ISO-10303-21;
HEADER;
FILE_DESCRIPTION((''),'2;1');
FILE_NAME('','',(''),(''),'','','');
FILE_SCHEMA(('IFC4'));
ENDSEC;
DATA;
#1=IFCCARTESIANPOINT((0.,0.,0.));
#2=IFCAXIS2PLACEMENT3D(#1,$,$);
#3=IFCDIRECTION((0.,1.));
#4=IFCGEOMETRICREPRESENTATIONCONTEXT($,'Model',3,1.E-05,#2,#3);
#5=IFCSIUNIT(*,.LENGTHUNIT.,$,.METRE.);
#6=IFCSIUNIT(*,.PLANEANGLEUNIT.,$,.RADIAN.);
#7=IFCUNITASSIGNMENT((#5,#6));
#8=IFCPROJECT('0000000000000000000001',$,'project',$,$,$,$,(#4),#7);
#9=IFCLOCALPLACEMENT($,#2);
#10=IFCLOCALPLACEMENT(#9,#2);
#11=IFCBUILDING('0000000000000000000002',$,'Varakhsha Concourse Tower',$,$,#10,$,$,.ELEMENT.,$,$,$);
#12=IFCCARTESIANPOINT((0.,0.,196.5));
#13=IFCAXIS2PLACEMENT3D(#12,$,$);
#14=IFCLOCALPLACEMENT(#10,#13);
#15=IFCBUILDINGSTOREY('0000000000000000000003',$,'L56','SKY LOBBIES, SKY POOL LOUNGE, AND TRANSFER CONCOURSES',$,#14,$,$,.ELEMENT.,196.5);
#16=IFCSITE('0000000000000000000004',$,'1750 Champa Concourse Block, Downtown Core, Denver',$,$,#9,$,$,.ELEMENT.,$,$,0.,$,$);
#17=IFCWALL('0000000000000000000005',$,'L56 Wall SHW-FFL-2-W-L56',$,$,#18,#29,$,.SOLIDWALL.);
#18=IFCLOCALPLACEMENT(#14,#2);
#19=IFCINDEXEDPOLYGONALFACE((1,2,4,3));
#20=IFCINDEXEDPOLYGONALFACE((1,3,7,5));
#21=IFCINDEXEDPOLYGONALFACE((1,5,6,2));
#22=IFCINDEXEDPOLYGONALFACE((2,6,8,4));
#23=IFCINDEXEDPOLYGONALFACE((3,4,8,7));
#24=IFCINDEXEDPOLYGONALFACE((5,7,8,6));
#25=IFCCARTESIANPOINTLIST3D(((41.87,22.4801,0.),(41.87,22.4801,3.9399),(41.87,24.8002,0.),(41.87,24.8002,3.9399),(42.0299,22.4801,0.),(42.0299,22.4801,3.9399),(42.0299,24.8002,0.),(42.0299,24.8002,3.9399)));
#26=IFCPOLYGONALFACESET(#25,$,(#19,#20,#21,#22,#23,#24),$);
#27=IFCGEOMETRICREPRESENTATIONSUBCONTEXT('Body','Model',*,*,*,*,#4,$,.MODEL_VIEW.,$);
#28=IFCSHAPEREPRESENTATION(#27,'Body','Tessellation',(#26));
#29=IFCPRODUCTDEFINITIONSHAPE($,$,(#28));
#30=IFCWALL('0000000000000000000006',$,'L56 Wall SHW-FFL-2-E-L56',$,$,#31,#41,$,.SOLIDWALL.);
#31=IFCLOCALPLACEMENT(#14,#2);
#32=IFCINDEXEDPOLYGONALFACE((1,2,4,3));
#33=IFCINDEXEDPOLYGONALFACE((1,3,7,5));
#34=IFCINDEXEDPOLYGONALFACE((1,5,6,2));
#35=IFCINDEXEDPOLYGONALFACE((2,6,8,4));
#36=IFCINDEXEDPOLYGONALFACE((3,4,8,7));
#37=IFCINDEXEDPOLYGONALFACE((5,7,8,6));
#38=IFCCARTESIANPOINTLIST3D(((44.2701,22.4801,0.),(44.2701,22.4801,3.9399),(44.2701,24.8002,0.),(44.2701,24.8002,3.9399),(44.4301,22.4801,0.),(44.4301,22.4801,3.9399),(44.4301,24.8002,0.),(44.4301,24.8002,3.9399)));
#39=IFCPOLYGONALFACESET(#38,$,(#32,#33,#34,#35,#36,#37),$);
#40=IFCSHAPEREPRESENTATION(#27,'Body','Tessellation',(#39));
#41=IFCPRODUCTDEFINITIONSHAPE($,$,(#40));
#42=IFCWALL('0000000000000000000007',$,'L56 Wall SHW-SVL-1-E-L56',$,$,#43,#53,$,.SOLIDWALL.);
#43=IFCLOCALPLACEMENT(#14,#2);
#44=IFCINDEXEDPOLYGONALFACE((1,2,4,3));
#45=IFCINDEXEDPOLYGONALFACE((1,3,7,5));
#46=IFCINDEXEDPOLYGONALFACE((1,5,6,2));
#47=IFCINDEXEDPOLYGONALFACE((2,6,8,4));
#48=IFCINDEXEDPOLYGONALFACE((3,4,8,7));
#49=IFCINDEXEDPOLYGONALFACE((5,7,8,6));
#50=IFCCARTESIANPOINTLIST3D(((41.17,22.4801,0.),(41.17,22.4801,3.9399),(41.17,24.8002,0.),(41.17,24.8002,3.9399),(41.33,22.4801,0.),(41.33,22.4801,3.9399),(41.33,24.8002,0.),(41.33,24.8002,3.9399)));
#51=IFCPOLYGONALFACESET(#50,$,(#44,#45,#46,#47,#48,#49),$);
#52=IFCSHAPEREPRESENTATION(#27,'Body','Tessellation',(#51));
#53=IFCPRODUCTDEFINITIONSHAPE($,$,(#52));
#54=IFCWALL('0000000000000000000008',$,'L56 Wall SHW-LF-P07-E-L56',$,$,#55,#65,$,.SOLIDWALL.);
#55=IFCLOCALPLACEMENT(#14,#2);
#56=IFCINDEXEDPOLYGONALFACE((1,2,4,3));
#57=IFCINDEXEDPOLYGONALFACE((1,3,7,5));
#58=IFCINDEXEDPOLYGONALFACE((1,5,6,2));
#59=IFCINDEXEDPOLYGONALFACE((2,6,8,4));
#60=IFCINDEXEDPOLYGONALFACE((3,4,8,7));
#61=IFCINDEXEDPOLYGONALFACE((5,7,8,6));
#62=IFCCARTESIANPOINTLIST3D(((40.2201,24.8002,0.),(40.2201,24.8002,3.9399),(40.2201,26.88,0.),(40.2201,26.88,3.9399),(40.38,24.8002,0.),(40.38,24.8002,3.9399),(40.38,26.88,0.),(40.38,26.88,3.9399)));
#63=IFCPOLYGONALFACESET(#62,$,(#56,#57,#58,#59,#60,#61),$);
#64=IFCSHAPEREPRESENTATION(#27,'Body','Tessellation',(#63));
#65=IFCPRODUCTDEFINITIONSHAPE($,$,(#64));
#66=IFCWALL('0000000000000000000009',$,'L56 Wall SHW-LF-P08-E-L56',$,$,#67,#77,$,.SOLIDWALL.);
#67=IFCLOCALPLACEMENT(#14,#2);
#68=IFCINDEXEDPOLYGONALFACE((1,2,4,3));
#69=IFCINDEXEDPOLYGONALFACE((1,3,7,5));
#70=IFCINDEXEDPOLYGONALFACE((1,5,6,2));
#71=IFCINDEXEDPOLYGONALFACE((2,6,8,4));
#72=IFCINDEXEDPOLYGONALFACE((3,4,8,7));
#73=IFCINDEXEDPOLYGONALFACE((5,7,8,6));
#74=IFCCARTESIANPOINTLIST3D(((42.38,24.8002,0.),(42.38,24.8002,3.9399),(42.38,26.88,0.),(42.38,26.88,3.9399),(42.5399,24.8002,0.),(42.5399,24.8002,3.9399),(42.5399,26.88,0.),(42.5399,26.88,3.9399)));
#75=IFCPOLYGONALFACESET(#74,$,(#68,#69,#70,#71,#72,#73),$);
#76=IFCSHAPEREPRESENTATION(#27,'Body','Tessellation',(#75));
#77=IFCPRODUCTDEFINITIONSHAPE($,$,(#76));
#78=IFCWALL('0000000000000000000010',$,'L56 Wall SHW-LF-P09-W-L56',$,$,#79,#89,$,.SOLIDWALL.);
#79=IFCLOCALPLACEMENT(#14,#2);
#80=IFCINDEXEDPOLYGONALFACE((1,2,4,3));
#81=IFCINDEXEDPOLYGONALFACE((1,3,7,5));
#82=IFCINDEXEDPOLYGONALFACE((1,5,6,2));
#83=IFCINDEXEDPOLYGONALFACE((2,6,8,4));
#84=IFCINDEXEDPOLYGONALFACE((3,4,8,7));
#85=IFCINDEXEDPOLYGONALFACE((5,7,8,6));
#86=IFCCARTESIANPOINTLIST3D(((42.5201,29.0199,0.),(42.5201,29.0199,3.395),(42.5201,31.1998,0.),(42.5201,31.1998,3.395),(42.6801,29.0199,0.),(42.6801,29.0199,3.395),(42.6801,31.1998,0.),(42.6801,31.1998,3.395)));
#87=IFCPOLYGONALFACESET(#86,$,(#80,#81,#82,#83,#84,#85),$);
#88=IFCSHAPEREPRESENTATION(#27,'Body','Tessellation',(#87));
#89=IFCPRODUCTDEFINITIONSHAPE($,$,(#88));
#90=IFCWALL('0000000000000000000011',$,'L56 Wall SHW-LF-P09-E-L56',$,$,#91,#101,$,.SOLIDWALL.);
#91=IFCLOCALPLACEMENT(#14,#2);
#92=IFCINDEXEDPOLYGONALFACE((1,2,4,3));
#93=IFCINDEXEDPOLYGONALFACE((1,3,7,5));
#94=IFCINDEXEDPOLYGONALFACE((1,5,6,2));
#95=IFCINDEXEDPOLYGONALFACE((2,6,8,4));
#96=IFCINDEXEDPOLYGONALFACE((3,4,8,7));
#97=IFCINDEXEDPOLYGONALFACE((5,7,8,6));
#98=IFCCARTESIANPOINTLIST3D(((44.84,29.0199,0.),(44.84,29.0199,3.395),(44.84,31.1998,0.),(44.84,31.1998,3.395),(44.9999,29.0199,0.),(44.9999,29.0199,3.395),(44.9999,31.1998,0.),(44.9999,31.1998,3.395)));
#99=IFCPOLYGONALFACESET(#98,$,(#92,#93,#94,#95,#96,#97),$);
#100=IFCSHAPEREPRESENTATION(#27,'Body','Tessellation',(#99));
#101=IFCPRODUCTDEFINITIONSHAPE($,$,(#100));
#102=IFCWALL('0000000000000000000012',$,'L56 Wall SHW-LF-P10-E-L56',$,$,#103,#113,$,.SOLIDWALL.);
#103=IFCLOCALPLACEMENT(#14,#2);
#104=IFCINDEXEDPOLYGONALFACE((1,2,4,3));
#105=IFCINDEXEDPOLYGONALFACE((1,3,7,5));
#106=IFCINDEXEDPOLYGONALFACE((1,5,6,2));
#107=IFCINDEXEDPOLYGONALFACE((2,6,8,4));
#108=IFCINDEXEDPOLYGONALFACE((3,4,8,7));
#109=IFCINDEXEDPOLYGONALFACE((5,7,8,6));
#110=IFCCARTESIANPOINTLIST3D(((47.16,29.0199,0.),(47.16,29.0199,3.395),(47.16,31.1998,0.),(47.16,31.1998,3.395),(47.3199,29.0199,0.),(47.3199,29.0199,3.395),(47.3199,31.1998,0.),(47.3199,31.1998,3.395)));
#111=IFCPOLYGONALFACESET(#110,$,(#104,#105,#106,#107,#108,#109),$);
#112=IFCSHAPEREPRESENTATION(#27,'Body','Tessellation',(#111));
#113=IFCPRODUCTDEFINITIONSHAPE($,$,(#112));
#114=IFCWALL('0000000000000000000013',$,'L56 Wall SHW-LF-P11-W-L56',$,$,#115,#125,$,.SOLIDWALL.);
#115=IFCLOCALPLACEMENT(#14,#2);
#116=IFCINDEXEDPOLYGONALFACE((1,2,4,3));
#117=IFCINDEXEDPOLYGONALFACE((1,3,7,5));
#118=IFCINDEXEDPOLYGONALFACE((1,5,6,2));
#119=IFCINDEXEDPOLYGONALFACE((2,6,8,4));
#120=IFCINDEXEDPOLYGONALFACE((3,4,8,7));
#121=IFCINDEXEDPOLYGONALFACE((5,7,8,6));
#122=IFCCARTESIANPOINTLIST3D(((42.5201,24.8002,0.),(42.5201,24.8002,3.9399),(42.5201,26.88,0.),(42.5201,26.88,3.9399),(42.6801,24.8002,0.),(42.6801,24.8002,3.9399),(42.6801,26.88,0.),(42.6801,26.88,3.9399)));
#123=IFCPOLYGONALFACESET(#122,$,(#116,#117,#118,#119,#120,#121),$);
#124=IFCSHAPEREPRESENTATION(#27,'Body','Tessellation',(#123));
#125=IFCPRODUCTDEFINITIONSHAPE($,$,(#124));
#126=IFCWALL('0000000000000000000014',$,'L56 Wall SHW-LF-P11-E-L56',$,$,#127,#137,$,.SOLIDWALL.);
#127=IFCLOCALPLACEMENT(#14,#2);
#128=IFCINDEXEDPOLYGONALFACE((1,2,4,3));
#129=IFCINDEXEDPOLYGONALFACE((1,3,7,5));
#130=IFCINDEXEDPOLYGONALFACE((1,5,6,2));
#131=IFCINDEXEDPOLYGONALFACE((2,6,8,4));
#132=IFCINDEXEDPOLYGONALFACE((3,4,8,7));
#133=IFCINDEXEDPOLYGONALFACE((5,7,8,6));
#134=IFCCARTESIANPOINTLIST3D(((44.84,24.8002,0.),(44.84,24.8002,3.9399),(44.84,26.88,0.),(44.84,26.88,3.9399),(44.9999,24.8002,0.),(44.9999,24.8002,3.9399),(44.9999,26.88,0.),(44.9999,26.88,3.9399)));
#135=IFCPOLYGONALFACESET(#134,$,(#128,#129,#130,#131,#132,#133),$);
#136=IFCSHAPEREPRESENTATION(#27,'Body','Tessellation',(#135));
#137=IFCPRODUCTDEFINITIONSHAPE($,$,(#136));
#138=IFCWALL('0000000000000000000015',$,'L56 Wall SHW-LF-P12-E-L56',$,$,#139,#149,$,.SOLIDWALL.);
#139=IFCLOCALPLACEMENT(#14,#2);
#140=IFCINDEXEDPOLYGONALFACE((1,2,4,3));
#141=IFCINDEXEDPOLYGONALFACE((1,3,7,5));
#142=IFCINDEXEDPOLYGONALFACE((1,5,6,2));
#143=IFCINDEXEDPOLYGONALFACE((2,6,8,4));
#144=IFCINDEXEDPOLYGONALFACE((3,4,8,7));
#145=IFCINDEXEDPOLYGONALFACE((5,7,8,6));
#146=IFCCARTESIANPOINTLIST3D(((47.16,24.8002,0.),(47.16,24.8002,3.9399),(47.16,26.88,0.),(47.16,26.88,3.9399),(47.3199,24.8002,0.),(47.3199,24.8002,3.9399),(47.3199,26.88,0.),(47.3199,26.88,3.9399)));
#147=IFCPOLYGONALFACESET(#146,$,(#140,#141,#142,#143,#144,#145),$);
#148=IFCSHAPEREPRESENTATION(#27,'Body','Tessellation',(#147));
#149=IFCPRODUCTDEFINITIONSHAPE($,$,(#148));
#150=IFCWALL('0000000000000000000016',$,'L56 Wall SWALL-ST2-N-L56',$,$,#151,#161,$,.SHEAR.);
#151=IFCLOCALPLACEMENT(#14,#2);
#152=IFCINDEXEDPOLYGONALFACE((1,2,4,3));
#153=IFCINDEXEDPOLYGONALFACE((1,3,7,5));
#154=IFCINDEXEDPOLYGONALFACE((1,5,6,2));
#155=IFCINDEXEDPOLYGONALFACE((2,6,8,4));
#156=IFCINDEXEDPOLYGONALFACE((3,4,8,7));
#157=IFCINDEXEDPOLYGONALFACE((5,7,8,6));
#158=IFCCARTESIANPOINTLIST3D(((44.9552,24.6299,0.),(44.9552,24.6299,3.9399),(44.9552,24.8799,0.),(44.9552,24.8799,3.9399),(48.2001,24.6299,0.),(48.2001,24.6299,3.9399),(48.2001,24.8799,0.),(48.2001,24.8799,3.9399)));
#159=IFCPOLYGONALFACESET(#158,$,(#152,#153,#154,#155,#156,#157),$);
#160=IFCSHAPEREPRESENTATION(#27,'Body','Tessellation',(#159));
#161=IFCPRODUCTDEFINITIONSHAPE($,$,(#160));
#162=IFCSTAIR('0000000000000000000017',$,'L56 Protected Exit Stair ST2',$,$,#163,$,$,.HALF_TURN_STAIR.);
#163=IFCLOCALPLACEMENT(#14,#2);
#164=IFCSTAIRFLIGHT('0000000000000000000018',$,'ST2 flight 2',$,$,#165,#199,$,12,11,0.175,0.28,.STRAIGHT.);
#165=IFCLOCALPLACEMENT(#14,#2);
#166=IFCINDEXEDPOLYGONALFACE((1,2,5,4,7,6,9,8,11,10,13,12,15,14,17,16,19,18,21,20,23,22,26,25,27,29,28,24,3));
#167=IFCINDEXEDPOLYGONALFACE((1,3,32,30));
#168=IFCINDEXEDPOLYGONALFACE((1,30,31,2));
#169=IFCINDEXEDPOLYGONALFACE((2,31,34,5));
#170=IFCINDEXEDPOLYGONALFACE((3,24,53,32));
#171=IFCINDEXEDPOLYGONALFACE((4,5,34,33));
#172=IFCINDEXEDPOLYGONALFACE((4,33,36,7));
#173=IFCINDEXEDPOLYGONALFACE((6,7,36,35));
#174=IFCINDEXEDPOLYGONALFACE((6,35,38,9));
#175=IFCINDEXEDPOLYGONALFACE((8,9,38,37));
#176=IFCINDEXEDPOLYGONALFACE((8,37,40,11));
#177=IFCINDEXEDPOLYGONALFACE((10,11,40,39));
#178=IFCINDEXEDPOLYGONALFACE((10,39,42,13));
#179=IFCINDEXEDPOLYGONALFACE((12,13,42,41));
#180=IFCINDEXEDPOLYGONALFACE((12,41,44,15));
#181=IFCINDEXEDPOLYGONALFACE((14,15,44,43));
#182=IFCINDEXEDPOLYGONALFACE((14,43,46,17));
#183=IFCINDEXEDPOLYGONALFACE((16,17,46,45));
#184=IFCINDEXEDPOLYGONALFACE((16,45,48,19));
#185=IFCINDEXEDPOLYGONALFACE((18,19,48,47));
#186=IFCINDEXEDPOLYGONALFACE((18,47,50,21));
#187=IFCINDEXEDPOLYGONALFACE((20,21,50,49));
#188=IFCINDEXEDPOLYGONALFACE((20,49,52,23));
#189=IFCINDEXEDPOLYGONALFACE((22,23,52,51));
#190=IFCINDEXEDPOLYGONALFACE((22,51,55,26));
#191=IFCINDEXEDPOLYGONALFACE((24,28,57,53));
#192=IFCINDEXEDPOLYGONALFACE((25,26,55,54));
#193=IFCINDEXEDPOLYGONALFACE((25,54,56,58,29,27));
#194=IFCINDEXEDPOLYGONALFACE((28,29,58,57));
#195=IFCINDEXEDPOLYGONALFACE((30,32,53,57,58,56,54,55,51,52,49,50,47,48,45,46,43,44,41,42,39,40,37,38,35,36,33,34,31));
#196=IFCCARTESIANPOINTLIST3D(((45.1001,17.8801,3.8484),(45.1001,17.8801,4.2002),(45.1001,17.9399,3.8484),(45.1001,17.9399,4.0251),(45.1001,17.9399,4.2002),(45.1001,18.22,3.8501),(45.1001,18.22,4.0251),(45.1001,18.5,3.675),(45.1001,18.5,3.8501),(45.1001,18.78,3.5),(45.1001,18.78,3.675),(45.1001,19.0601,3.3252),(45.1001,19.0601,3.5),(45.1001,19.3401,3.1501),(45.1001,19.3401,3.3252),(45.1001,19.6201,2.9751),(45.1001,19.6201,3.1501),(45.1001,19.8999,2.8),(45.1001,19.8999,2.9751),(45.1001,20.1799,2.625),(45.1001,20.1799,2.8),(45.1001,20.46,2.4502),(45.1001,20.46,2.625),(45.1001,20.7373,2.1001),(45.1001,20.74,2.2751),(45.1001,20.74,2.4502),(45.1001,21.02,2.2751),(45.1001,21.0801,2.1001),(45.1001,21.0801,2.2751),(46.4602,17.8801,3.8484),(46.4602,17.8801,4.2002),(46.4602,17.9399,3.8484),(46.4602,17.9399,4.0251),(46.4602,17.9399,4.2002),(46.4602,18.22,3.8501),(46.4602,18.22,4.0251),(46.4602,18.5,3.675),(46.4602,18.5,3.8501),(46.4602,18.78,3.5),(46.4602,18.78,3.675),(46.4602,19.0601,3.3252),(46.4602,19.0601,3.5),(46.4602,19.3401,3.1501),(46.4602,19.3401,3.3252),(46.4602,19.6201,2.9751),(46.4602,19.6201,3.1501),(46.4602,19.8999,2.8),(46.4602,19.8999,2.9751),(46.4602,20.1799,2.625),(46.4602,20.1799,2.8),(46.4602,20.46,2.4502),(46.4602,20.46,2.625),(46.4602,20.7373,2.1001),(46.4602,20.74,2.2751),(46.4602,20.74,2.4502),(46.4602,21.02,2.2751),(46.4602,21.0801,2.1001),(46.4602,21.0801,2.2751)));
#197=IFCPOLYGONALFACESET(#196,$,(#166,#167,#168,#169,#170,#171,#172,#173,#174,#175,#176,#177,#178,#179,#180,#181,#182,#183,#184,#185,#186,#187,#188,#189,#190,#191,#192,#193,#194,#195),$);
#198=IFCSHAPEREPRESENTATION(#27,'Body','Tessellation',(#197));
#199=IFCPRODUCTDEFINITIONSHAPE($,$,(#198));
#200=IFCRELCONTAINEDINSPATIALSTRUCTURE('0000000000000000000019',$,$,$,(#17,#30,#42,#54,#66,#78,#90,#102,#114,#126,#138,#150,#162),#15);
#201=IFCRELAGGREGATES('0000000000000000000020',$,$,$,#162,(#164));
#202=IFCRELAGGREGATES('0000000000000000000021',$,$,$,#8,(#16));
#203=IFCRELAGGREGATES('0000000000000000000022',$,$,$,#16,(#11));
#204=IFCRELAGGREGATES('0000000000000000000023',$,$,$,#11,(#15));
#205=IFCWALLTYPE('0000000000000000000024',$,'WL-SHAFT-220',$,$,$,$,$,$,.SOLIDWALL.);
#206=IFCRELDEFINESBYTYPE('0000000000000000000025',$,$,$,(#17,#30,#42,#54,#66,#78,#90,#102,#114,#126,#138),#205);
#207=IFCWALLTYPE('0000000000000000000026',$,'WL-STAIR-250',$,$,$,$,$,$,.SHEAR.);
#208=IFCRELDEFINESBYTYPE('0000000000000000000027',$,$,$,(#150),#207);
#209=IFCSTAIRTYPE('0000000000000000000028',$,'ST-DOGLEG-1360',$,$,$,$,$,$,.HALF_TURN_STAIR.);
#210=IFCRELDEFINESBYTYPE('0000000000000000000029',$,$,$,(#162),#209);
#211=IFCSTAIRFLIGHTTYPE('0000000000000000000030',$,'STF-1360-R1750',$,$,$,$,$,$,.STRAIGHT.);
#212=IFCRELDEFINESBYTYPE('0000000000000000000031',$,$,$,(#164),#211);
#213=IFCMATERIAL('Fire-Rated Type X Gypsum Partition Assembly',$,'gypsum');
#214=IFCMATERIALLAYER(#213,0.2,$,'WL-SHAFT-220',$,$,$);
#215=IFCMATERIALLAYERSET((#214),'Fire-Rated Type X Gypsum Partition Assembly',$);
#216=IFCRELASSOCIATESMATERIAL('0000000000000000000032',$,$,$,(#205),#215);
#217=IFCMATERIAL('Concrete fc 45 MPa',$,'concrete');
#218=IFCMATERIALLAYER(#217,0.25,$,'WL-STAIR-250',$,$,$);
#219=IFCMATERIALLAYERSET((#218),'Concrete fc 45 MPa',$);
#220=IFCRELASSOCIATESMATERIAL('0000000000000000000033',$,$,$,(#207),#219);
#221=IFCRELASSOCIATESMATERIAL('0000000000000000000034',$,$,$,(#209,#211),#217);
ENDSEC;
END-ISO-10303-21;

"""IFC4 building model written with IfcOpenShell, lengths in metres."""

from ifc_helpers import new_model, si_unit, direction, frame, frame_2d, origin, place, context, subcontext, project, spatial, polyline, rectangle, outline, extrude, material, layer, layer_set, type_object, element, aggregate, save


model = new_model("IFC4")

# Units and contexts
model_context = context("Model", 3, precision=1e-05, world=origin(), true_north=direction((0.0, 1.0)))
body_context = subcontext(model_context, "Body", "Model", "MODEL_VIEW")
ifc_project = project(units=[si_unit("LENGTHUNIT", "METRE"), si_unit("PLANEANGLEUNIT", "RADIAN")], contexts=[model_context])

# Site, building, storey
site_placement = place(None, origin())
site = spatial("IfcSite", under=ifc_project, at=site_placement, Name="1750 Champa Concourse Block, Downtown Core, Denver", CompositionType="ELEMENT", RefElevation=0.0)
building_placement = place(site_placement, origin())
building = spatial("IfcBuilding", under=site, at=building_placement, Name="Varakhsha Concourse Tower", CompositionType="ELEMENT")
storey_placement = place(building_placement, frame((0.0, 0.0, 196.5)))
storey = spatial("IfcBuildingStorey", under=building, at=storey_placement, Name="L56", Description="SKY LOBBIES, SKY POOL LOUNGE, AND TRANSFER CONCOURSES", CompositionType="ELEMENT", Elevation=196.5)

# Shared definitions
ifc_material_1 = material(Name="Fire-Rated Type X Gypsum Partition Assembly", Category="gypsum")

# Walls
ifc_layer_1 = layer(ifc_material_1, 0.2, Name="WL-SHAFT-220")
ifc_layer_set_1 = layer_set([ifc_layer_1], Name="Fire-Rated Type X Gypsum Partition Assembly")
wall_type_1 = type_object("IfcWallType", Name="WL-SHAFT-220", PredefinedType="SOLIDWALL", material=ifc_layer_set_1)
for number, where, z_axis, x_axis, name in (
    (1, (41.95, 22.48, 0.0), (0.0, 0.0, 1.0), (0.0, 1.0, 0.0), "L56 Wall SHW-FFL-2-W-L56"),
    (2, (44.3501, 22.48, 0.0), (0.0, 0.0, 1.0), (0.0, 1.0, 0.0), "L56 Wall SHW-FFL-2-E-L56"),
    (3, (41.25, 22.48, 0.0), (0.0, 0.0, 1.0), (0.0, 1.0, 0.0), "L56 Wall SHW-SVL-1-E-L56"),
):
    element("IfcWall", number, at=place(storey_placement, frame(where, z_axis=z_axis, x_axis=x_axis)), inside=storey, type_object=wall_type_1, Name=name, PredefinedType="SOLIDWALL", context=body_context, shape_type="SweptSolid", body=[
        extrude(rectangle(XDim=2.3201, YDim=0.1599, at=frame_2d((1.1602, 0.0))), origin(), (0.0, 0.0, 1.0), 3.9399),
    ])
for number, where, z_axis, x_axis, name in (
    (4, (40.3, 24.8, 0.0), (0.0, 0.0, 1.0), (0.0, 1.0, 0.0), "L56 Wall SHW-LF-P07-E-L56"),
    (5, (42.46, 24.8, 0.0), (0.0, 0.0, 1.0), (0.0, 1.0, 0.0), "L56 Wall SHW-LF-P08-E-L56"),
):
    element("IfcWall", number, at=place(storey_placement, frame(where, z_axis=z_axis, x_axis=x_axis)), inside=storey, type_object=wall_type_1, Name=name, PredefinedType="SOLIDWALL", context=body_context, shape_type="SweptSolid", body=[
        extrude(rectangle(XDim=2.0798, YDim=0.1599, at=frame_2d((1.04, 0.0))), origin(), (0.0, 0.0, 1.0), 3.9399),
    ])
for number, where, z_axis, x_axis, name in (
    (6, (42.6001, 29.02, 0.0), (0.0, 0.0, 1.0), (0.0, 1.0, 0.0), "L56 Wall SHW-LF-P09-W-L56"),
    (7, (44.9199, 29.02, 0.0), (0.0, 0.0, 1.0), (0.0, 1.0, 0.0), "L56 Wall SHW-LF-P09-E-L56"),
    (8, (47.24, 29.02, 0.0), (0.0, 0.0, 1.0), (0.0, 1.0, 0.0), "L56 Wall SHW-LF-P10-E-L56"),
):
    element("IfcWall", number, at=place(storey_placement, frame(where, z_axis=z_axis, x_axis=x_axis)), inside=storey, type_object=wall_type_1, Name=name, PredefinedType="SOLIDWALL", context=body_context, shape_type="SweptSolid", body=[
        extrude(rectangle(XDim=2.1799, YDim=0.1599, at=frame_2d((1.0898, 0.0))), origin(), (0.0, 0.0, 1.0), 3.395),
    ])
for number, where, z_axis, x_axis, name in (
    (9, (42.6001, 24.8, 0.0), (0.0, 0.0, 1.0), (0.0, 1.0, 0.0), "L56 Wall SHW-LF-P11-W-L56"),
    (10, (44.9199, 24.8, 0.0), (0.0, 0.0, 1.0), (0.0, 1.0, 0.0), "L56 Wall SHW-LF-P11-E-L56"),
    (11, (47.24, 24.8, 0.0), (0.0, 0.0, 1.0), (0.0, 1.0, 0.0), "L56 Wall SHW-LF-P12-E-L56"),
):
    element("IfcWall", number, at=place(storey_placement, frame(where, z_axis=z_axis, x_axis=x_axis)), inside=storey, type_object=wall_type_1, Name=name, PredefinedType="SOLIDWALL", context=body_context, shape_type="SweptSolid", body=[
        extrude(rectangle(XDim=2.0798, YDim=0.1599, at=frame_2d((1.04, 0.0))), origin(), (0.0, 0.0, 1.0), 3.9399),
    ])
ifc_material_2 = material(Name="Concrete fc 45 MPa", Category="concrete")
ifc_layer_2 = layer(ifc_material_2, 0.25, Name="WL-STAIR-250")
ifc_layer_set_2 = layer_set([ifc_layer_2], Name="Concrete fc 45 MPa")
wall_type_2 = type_object("IfcWallType", Name="WL-STAIR-250", PredefinedType="SHEAR", material=ifc_layer_set_2)
wall_1_placement = place(storey_placement, frame((44.9551, 24.7549, 0.0), z_axis=(0.0, 0.0, 1.0), x_axis=(1.0, 0.0, 0.0)))
element("IfcWall", 12, at=wall_1_placement, inside=storey, type_object=wall_type_2, Name="L56 Wall SWALL-ST2-N-L56", PredefinedType="SHEAR", context=body_context, shape_type="SweptSolid", body=[
    extrude(rectangle(XDim=3.2449, YDim=0.25, at=frame_2d((1.6226, 0.0))), origin(), (0.0, 0.0, 1.0), 3.9399),
])

# Stair, stair flight
stair_type = type_object("IfcStairType", Name="ST-DOGLEG-1360", PredefinedType="HALF_TURN_STAIR", material=ifc_material_2)
stair_placement = place(storey_placement, origin())
stair = element("IfcStair", 13, at=stair_placement, inside=storey, type_object=stair_type, Name="L56 Protected Exit Stair ST2", PredefinedType="HALF_TURN_STAIR")
stair_flight_type = type_object("IfcStairFlightType", Name="STF-1360-R1750", PredefinedType="STRAIGHT", material=ifc_material_2)
stair_flight_placement = place(storey_placement, frame((45.78, 21.02, 2.1001), z_axis=(0.0, 0.0, 1.0), x_axis=(0.0, -1.0, 0.0)))
stair_flight = element("IfcStairFlight", 14, at=stair_flight_placement, type_object=stair_flight_type, Name="ST2 flight 2", NumberOfRisers=12, NumberOfTreads=11, PredefinedType="STRAIGHT", RiserHeight=0.175, TreadLength=0.28, context=body_context, shape_type="SweptSolid", body=[
    extrude(outline(polyline([(-0.0601, 0.0), (-0.0601, 0.175), (0.0, 0.175), (0.28, 0.175), (0.28, 0.3501), (0.5601, 0.3501), (0.5601, 0.5249), (0.8401, 0.5249), (0.8401, 0.7), (1.1201, 0.7), (1.1201, 0.875), (1.3999, 0.875), (1.3999, 1.05), (1.6799, 1.05), (1.6799, 1.2251), (1.96, 1.2251), (1.96, 1.3999), (2.24, 1.3999), (2.24, 1.575), (2.52, 1.575), (2.52, 1.75), (2.8, 1.75), (2.8, 1.925), (3.0801, 1.925), (3.0801, 2.1001), (3.1399, 2.1001), (3.1399, 1.7483), (3.0801, 1.7483), (0.2827, 0.0), (-0.0601, 0.0)])), frame((0.0, 0.6802, 0.0), z_axis=(0.0, -1.0, 0.0), x_axis=(1.0, 0.0, 0.0)), (0.0, 0.0, 1.0), 1.3601),
])
aggregate(stair, [stair_flight])

save(model, "model.ifc")
